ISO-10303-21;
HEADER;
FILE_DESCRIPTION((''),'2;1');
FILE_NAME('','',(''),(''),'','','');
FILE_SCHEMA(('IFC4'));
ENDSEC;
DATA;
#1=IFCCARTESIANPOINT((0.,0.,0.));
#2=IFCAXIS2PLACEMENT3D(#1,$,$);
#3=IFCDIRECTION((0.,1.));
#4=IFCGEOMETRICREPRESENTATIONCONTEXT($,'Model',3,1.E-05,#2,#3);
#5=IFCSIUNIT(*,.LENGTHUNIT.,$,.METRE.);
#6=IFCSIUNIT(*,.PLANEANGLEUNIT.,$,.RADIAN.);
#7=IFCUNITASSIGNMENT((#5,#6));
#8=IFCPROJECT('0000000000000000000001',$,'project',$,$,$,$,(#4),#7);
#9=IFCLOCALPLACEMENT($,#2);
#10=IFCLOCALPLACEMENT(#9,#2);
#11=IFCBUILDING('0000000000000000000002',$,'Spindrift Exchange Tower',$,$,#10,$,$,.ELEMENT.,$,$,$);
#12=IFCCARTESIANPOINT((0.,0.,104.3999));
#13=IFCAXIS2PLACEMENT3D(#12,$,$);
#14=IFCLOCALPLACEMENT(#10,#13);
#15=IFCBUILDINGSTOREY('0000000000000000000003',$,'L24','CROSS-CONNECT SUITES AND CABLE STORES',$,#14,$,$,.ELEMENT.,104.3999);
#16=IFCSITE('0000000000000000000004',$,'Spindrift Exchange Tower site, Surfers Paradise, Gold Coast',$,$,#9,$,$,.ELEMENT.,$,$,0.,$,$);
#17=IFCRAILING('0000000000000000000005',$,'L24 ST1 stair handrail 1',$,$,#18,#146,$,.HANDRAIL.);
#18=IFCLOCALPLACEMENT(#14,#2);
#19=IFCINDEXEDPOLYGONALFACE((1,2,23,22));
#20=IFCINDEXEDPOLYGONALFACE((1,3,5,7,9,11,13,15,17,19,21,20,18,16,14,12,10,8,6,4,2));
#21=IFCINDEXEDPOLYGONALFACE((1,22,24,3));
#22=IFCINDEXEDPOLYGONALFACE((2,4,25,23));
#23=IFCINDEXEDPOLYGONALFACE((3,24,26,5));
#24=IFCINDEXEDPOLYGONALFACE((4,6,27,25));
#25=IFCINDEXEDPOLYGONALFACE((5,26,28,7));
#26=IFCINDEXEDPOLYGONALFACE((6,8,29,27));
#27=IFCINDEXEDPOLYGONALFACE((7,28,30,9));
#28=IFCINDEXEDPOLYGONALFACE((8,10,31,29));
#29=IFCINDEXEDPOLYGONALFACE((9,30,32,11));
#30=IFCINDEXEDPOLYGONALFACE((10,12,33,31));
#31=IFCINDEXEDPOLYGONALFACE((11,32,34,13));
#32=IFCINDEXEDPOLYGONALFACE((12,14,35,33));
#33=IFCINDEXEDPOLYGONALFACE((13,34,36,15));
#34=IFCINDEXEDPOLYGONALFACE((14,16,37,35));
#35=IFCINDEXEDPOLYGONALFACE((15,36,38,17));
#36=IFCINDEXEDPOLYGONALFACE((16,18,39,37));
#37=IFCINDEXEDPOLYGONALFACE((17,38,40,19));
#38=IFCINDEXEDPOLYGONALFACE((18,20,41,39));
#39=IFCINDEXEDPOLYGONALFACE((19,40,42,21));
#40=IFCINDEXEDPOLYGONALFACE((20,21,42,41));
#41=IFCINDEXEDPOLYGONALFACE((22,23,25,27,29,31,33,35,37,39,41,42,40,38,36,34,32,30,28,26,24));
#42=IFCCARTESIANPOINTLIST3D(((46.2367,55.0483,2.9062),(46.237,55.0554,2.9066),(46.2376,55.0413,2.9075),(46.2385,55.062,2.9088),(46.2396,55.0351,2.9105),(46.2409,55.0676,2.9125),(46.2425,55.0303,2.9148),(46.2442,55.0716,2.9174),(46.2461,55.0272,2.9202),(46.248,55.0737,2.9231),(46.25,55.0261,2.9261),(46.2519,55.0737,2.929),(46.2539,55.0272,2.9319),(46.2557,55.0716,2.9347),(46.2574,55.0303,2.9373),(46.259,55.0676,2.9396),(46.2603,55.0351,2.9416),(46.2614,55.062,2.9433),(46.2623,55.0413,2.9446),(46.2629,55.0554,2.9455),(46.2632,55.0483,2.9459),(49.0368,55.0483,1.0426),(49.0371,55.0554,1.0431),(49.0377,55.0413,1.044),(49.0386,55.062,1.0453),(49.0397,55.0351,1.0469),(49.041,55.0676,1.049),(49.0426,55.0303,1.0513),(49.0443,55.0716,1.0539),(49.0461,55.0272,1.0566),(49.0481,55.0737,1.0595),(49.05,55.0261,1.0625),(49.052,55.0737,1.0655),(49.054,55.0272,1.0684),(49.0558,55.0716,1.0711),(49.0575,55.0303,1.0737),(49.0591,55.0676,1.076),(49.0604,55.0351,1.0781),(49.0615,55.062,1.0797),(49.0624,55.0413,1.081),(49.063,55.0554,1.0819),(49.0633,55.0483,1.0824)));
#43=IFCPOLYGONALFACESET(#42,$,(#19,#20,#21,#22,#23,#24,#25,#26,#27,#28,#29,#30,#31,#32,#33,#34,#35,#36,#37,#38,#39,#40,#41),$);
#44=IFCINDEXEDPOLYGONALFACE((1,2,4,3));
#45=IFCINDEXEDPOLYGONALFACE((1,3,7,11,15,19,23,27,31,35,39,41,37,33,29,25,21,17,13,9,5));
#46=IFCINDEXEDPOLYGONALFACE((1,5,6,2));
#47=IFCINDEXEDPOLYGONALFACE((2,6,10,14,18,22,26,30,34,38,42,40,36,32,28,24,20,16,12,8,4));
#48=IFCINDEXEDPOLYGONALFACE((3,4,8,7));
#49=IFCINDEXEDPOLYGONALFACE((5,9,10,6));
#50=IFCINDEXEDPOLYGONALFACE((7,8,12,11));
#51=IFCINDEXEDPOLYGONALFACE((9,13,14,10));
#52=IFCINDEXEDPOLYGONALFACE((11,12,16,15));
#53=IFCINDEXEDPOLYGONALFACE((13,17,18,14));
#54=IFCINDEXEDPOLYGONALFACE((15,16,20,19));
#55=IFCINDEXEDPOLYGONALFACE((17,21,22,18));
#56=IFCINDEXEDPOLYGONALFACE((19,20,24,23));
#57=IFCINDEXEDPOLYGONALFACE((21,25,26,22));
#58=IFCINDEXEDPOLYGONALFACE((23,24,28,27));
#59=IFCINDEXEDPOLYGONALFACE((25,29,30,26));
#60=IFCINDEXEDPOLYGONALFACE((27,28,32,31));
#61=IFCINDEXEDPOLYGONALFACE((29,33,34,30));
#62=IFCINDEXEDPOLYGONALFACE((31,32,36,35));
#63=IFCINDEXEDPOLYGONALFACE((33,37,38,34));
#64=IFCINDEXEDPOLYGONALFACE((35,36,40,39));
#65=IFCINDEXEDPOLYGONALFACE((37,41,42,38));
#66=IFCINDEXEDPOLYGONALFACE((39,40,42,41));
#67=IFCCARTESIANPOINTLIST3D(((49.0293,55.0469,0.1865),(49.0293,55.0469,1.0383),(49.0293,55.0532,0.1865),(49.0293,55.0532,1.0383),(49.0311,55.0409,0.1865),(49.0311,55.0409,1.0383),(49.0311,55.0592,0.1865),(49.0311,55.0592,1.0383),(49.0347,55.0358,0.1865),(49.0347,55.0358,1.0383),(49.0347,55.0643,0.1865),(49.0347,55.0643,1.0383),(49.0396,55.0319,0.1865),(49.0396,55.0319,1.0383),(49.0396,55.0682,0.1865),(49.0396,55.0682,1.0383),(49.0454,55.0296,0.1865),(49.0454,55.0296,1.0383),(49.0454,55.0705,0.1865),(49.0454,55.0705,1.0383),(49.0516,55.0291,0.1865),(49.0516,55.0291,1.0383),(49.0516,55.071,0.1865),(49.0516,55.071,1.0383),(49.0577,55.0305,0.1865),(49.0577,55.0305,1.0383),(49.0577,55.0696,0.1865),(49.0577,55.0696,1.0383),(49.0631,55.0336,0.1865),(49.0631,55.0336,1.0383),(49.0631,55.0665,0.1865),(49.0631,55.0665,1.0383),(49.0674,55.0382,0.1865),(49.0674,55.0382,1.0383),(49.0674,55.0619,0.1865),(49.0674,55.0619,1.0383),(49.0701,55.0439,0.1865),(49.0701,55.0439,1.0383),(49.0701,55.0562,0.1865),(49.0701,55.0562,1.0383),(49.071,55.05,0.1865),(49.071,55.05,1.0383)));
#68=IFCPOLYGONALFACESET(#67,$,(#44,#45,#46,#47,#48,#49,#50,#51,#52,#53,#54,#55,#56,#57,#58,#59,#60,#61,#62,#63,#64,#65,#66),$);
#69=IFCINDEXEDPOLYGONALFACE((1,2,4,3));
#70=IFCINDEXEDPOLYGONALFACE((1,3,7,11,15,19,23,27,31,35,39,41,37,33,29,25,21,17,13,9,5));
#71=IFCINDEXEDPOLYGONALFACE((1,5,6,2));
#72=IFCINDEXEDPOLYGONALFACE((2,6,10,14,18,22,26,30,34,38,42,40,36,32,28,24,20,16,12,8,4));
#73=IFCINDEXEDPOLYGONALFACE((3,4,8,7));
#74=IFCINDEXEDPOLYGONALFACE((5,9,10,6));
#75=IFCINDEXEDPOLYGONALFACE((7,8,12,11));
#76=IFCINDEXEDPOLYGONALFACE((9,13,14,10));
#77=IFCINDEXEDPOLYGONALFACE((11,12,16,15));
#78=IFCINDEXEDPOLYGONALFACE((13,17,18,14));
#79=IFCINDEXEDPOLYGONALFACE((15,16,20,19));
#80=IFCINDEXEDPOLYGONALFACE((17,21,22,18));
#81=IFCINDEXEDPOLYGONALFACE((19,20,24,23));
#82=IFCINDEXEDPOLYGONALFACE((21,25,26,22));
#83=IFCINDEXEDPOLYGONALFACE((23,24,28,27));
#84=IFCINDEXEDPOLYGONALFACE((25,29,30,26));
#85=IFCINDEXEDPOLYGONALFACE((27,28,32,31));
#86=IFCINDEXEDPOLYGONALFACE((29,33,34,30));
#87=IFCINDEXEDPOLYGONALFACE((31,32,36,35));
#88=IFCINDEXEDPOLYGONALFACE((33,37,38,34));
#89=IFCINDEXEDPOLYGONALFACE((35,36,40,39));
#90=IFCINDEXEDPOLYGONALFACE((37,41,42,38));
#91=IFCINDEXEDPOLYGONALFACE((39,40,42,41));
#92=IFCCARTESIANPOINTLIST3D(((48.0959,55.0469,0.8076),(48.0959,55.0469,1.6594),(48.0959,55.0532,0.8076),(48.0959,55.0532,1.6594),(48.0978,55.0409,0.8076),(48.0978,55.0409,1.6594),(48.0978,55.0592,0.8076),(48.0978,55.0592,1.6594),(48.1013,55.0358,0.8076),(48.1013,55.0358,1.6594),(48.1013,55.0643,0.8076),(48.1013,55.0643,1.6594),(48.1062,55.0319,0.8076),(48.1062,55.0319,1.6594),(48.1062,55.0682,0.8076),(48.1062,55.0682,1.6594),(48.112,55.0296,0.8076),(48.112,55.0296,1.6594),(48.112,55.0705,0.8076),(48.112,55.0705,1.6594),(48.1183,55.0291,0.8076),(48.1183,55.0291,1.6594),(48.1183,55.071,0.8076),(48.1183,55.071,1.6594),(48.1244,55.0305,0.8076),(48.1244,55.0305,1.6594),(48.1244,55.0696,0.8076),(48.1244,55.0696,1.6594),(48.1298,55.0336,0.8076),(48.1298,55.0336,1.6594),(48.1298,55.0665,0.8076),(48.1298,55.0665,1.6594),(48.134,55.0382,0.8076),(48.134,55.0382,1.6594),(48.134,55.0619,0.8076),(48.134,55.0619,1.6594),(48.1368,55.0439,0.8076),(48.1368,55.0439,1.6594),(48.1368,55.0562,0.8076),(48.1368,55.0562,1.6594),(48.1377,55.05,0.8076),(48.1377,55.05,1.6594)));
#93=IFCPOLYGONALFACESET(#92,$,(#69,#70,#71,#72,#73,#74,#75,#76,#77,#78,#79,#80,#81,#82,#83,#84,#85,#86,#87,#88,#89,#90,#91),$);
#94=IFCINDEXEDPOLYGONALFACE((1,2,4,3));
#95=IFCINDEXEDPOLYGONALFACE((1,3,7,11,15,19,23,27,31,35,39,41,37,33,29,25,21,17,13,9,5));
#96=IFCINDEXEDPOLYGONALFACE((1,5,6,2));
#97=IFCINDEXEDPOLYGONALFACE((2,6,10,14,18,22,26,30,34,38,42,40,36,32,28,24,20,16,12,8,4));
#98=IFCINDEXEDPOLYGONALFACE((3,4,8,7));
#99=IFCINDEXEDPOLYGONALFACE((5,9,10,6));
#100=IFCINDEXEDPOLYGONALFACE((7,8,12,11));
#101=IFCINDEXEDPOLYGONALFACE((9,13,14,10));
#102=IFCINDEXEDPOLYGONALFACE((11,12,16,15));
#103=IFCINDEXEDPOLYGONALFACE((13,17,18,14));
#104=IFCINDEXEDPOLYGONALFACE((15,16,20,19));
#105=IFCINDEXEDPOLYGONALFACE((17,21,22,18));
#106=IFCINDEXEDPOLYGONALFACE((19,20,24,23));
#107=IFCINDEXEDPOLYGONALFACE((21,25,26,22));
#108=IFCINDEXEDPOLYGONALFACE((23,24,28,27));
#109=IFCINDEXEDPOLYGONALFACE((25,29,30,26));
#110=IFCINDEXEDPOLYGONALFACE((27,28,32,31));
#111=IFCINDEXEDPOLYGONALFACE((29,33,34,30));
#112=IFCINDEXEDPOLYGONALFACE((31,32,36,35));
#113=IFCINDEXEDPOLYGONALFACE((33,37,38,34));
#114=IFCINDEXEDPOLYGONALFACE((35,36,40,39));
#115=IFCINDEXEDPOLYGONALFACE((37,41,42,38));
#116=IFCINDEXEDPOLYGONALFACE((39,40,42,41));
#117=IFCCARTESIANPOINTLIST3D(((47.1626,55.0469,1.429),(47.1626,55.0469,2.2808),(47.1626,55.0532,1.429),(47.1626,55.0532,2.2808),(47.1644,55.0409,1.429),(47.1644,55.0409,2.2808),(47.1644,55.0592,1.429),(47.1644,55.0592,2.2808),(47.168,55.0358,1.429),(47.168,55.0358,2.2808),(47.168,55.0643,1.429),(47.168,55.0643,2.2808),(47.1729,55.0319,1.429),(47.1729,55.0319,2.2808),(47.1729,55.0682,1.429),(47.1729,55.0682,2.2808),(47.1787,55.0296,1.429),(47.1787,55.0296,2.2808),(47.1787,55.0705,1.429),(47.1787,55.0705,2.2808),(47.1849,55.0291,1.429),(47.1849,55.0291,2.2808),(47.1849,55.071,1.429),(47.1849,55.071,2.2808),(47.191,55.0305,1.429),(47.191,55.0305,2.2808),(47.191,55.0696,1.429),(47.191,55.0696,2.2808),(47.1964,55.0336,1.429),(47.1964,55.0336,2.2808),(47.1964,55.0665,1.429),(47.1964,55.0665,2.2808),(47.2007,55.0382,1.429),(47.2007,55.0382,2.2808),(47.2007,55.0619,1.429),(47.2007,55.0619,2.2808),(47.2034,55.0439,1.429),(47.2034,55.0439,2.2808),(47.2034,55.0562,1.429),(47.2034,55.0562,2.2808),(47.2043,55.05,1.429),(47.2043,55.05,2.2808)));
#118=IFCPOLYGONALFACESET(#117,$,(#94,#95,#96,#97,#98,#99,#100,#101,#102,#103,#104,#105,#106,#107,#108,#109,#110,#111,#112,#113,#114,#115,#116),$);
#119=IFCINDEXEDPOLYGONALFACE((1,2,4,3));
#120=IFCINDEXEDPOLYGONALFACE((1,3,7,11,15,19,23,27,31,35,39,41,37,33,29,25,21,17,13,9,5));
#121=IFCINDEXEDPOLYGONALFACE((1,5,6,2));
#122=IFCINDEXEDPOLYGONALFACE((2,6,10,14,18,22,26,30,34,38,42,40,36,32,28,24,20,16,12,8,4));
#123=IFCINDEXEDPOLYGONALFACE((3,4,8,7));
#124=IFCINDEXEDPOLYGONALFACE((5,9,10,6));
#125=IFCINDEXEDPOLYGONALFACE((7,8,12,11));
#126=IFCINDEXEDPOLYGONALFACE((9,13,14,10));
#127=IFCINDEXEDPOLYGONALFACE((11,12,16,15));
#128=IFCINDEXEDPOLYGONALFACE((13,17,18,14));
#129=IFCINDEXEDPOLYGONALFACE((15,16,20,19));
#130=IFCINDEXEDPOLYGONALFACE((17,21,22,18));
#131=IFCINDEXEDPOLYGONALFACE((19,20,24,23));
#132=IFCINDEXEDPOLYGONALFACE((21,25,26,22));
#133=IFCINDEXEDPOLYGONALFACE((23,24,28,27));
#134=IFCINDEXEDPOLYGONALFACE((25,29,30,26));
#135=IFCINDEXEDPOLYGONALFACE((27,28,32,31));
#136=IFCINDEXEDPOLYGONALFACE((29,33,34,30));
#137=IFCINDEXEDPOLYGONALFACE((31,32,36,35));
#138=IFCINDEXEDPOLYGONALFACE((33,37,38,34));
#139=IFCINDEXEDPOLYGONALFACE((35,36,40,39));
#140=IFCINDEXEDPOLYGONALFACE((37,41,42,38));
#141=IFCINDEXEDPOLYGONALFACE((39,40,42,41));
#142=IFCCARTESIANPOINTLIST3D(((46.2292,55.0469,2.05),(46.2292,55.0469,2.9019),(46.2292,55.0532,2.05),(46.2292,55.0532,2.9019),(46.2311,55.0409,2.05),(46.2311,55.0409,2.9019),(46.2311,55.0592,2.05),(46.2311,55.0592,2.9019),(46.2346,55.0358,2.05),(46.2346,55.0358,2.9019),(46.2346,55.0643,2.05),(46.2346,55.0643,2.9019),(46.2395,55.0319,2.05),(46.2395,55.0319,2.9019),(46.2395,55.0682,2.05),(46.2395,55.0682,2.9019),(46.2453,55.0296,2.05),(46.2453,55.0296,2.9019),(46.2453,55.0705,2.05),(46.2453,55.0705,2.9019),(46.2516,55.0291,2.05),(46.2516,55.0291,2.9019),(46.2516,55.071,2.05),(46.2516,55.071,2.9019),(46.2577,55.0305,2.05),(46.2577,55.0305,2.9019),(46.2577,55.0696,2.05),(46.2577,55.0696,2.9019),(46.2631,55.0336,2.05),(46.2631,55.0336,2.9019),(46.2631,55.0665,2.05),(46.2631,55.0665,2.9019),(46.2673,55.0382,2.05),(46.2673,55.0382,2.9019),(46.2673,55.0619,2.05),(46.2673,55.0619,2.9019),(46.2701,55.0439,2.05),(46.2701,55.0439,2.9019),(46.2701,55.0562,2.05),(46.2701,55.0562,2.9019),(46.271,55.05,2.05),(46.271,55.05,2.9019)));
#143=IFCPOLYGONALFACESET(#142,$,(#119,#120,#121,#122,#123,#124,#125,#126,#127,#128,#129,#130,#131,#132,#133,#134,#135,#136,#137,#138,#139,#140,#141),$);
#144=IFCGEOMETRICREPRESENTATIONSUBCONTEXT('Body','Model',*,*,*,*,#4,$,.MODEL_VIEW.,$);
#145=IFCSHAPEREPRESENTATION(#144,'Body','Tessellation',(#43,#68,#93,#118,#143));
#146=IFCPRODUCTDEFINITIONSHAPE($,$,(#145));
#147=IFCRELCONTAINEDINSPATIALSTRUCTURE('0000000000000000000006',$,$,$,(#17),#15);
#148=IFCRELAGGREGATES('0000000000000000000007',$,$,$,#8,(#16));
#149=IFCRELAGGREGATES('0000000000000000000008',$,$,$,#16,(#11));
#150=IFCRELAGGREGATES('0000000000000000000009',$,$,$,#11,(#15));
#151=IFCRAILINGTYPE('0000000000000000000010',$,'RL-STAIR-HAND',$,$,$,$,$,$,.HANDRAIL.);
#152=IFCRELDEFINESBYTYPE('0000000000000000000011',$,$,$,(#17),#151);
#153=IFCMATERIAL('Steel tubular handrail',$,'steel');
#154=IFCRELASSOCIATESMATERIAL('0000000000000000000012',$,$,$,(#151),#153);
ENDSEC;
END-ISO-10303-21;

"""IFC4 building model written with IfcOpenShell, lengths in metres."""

from ifc_helpers import new_model, si_unit, direction, frame, origin, origin_2d, place, context, subcontext, project, spatial, circle, extrude, material, type_object, element, save


model = new_model("IFC4")

# Units and contexts
model_context = context("Model", 3, precision=1e-05, world=origin(), true_north=direction((0.0, 1.0)))
body_context = subcontext(model_context, "Body", "Model", "MODEL_VIEW")
ifc_project = project(units=[si_unit("LENGTHUNIT", "METRE"), si_unit("PLANEANGLEUNIT", "RADIAN")], contexts=[model_context])

# Site, building, storey
site_placement = place(None, origin())
site = spatial("IfcSite", under=ifc_project, at=site_placement, Name="Spindrift Exchange Tower site, Surfers Paradise, Gold Coast", CompositionType="ELEMENT", RefElevation=0.0)
building_placement = place(site_placement, origin())
building = spatial("IfcBuilding", under=site, at=building_placement, Name="Spindrift Exchange Tower", CompositionType="ELEMENT")
storey_placement = place(building_placement, frame((0.0, 0.0, 104.3999)))
storey = spatial("IfcBuildingStorey", under=building, at=storey_placement, Name="L24", Description="CROSS-CONNECT SUITES AND CABLE STORES", CompositionType="ELEMENT", Elevation=104.3999)

# Railing
ifc_material_1 = material(Name="Steel tubular handrail", Category="steel")
railing_type_1 = type_object("IfcRailingType", Name="RL-STAIR-HAND", PredefinedType="HANDRAIL", material=ifc_material_1)
railing_1_placement = place(storey_placement, frame((49.05, 55.05, 0.1865)))
element("IfcRailing", 1, at=railing_1_placement, inside=storey, type_object=railing_type_1, Name="L24 ST1 stair handrail 1", PredefinedType="HANDRAIL", context=body_context, shape_type="SweptSolid", body=[
    extrude(circle(Radius=0.0239, at=origin_2d()), frame((0.0, 0.0, 0.876), z_axis=(-0.832486, 0.0, 0.554047), x_axis=(0.0, -1.0, 0.0)), (0.0, 0.0, 1.0), 3.3635),
    extrude(circle(Radius=0.021, at=origin_2d()), origin(), (0.0, 0.0, 1.0), 0.8518),
    extrude(circle(Radius=0.021, at=origin_2d()), frame((-0.9333, 0.0, 0.6211)), (0.0, 0.0, 1.0), 0.8518),
    extrude(circle(Radius=0.021, at=origin_2d()), frame((-1.8667, 0.0, 1.2424)), (0.0, 0.0, 1.0), 0.8518),
    extrude(circle(Radius=0.021, at=origin_2d()), frame((-2.8, 0.0, 1.8635)), (0.0, 0.0, 1.0), 0.8518),
])

save(model, "model.ifc")
